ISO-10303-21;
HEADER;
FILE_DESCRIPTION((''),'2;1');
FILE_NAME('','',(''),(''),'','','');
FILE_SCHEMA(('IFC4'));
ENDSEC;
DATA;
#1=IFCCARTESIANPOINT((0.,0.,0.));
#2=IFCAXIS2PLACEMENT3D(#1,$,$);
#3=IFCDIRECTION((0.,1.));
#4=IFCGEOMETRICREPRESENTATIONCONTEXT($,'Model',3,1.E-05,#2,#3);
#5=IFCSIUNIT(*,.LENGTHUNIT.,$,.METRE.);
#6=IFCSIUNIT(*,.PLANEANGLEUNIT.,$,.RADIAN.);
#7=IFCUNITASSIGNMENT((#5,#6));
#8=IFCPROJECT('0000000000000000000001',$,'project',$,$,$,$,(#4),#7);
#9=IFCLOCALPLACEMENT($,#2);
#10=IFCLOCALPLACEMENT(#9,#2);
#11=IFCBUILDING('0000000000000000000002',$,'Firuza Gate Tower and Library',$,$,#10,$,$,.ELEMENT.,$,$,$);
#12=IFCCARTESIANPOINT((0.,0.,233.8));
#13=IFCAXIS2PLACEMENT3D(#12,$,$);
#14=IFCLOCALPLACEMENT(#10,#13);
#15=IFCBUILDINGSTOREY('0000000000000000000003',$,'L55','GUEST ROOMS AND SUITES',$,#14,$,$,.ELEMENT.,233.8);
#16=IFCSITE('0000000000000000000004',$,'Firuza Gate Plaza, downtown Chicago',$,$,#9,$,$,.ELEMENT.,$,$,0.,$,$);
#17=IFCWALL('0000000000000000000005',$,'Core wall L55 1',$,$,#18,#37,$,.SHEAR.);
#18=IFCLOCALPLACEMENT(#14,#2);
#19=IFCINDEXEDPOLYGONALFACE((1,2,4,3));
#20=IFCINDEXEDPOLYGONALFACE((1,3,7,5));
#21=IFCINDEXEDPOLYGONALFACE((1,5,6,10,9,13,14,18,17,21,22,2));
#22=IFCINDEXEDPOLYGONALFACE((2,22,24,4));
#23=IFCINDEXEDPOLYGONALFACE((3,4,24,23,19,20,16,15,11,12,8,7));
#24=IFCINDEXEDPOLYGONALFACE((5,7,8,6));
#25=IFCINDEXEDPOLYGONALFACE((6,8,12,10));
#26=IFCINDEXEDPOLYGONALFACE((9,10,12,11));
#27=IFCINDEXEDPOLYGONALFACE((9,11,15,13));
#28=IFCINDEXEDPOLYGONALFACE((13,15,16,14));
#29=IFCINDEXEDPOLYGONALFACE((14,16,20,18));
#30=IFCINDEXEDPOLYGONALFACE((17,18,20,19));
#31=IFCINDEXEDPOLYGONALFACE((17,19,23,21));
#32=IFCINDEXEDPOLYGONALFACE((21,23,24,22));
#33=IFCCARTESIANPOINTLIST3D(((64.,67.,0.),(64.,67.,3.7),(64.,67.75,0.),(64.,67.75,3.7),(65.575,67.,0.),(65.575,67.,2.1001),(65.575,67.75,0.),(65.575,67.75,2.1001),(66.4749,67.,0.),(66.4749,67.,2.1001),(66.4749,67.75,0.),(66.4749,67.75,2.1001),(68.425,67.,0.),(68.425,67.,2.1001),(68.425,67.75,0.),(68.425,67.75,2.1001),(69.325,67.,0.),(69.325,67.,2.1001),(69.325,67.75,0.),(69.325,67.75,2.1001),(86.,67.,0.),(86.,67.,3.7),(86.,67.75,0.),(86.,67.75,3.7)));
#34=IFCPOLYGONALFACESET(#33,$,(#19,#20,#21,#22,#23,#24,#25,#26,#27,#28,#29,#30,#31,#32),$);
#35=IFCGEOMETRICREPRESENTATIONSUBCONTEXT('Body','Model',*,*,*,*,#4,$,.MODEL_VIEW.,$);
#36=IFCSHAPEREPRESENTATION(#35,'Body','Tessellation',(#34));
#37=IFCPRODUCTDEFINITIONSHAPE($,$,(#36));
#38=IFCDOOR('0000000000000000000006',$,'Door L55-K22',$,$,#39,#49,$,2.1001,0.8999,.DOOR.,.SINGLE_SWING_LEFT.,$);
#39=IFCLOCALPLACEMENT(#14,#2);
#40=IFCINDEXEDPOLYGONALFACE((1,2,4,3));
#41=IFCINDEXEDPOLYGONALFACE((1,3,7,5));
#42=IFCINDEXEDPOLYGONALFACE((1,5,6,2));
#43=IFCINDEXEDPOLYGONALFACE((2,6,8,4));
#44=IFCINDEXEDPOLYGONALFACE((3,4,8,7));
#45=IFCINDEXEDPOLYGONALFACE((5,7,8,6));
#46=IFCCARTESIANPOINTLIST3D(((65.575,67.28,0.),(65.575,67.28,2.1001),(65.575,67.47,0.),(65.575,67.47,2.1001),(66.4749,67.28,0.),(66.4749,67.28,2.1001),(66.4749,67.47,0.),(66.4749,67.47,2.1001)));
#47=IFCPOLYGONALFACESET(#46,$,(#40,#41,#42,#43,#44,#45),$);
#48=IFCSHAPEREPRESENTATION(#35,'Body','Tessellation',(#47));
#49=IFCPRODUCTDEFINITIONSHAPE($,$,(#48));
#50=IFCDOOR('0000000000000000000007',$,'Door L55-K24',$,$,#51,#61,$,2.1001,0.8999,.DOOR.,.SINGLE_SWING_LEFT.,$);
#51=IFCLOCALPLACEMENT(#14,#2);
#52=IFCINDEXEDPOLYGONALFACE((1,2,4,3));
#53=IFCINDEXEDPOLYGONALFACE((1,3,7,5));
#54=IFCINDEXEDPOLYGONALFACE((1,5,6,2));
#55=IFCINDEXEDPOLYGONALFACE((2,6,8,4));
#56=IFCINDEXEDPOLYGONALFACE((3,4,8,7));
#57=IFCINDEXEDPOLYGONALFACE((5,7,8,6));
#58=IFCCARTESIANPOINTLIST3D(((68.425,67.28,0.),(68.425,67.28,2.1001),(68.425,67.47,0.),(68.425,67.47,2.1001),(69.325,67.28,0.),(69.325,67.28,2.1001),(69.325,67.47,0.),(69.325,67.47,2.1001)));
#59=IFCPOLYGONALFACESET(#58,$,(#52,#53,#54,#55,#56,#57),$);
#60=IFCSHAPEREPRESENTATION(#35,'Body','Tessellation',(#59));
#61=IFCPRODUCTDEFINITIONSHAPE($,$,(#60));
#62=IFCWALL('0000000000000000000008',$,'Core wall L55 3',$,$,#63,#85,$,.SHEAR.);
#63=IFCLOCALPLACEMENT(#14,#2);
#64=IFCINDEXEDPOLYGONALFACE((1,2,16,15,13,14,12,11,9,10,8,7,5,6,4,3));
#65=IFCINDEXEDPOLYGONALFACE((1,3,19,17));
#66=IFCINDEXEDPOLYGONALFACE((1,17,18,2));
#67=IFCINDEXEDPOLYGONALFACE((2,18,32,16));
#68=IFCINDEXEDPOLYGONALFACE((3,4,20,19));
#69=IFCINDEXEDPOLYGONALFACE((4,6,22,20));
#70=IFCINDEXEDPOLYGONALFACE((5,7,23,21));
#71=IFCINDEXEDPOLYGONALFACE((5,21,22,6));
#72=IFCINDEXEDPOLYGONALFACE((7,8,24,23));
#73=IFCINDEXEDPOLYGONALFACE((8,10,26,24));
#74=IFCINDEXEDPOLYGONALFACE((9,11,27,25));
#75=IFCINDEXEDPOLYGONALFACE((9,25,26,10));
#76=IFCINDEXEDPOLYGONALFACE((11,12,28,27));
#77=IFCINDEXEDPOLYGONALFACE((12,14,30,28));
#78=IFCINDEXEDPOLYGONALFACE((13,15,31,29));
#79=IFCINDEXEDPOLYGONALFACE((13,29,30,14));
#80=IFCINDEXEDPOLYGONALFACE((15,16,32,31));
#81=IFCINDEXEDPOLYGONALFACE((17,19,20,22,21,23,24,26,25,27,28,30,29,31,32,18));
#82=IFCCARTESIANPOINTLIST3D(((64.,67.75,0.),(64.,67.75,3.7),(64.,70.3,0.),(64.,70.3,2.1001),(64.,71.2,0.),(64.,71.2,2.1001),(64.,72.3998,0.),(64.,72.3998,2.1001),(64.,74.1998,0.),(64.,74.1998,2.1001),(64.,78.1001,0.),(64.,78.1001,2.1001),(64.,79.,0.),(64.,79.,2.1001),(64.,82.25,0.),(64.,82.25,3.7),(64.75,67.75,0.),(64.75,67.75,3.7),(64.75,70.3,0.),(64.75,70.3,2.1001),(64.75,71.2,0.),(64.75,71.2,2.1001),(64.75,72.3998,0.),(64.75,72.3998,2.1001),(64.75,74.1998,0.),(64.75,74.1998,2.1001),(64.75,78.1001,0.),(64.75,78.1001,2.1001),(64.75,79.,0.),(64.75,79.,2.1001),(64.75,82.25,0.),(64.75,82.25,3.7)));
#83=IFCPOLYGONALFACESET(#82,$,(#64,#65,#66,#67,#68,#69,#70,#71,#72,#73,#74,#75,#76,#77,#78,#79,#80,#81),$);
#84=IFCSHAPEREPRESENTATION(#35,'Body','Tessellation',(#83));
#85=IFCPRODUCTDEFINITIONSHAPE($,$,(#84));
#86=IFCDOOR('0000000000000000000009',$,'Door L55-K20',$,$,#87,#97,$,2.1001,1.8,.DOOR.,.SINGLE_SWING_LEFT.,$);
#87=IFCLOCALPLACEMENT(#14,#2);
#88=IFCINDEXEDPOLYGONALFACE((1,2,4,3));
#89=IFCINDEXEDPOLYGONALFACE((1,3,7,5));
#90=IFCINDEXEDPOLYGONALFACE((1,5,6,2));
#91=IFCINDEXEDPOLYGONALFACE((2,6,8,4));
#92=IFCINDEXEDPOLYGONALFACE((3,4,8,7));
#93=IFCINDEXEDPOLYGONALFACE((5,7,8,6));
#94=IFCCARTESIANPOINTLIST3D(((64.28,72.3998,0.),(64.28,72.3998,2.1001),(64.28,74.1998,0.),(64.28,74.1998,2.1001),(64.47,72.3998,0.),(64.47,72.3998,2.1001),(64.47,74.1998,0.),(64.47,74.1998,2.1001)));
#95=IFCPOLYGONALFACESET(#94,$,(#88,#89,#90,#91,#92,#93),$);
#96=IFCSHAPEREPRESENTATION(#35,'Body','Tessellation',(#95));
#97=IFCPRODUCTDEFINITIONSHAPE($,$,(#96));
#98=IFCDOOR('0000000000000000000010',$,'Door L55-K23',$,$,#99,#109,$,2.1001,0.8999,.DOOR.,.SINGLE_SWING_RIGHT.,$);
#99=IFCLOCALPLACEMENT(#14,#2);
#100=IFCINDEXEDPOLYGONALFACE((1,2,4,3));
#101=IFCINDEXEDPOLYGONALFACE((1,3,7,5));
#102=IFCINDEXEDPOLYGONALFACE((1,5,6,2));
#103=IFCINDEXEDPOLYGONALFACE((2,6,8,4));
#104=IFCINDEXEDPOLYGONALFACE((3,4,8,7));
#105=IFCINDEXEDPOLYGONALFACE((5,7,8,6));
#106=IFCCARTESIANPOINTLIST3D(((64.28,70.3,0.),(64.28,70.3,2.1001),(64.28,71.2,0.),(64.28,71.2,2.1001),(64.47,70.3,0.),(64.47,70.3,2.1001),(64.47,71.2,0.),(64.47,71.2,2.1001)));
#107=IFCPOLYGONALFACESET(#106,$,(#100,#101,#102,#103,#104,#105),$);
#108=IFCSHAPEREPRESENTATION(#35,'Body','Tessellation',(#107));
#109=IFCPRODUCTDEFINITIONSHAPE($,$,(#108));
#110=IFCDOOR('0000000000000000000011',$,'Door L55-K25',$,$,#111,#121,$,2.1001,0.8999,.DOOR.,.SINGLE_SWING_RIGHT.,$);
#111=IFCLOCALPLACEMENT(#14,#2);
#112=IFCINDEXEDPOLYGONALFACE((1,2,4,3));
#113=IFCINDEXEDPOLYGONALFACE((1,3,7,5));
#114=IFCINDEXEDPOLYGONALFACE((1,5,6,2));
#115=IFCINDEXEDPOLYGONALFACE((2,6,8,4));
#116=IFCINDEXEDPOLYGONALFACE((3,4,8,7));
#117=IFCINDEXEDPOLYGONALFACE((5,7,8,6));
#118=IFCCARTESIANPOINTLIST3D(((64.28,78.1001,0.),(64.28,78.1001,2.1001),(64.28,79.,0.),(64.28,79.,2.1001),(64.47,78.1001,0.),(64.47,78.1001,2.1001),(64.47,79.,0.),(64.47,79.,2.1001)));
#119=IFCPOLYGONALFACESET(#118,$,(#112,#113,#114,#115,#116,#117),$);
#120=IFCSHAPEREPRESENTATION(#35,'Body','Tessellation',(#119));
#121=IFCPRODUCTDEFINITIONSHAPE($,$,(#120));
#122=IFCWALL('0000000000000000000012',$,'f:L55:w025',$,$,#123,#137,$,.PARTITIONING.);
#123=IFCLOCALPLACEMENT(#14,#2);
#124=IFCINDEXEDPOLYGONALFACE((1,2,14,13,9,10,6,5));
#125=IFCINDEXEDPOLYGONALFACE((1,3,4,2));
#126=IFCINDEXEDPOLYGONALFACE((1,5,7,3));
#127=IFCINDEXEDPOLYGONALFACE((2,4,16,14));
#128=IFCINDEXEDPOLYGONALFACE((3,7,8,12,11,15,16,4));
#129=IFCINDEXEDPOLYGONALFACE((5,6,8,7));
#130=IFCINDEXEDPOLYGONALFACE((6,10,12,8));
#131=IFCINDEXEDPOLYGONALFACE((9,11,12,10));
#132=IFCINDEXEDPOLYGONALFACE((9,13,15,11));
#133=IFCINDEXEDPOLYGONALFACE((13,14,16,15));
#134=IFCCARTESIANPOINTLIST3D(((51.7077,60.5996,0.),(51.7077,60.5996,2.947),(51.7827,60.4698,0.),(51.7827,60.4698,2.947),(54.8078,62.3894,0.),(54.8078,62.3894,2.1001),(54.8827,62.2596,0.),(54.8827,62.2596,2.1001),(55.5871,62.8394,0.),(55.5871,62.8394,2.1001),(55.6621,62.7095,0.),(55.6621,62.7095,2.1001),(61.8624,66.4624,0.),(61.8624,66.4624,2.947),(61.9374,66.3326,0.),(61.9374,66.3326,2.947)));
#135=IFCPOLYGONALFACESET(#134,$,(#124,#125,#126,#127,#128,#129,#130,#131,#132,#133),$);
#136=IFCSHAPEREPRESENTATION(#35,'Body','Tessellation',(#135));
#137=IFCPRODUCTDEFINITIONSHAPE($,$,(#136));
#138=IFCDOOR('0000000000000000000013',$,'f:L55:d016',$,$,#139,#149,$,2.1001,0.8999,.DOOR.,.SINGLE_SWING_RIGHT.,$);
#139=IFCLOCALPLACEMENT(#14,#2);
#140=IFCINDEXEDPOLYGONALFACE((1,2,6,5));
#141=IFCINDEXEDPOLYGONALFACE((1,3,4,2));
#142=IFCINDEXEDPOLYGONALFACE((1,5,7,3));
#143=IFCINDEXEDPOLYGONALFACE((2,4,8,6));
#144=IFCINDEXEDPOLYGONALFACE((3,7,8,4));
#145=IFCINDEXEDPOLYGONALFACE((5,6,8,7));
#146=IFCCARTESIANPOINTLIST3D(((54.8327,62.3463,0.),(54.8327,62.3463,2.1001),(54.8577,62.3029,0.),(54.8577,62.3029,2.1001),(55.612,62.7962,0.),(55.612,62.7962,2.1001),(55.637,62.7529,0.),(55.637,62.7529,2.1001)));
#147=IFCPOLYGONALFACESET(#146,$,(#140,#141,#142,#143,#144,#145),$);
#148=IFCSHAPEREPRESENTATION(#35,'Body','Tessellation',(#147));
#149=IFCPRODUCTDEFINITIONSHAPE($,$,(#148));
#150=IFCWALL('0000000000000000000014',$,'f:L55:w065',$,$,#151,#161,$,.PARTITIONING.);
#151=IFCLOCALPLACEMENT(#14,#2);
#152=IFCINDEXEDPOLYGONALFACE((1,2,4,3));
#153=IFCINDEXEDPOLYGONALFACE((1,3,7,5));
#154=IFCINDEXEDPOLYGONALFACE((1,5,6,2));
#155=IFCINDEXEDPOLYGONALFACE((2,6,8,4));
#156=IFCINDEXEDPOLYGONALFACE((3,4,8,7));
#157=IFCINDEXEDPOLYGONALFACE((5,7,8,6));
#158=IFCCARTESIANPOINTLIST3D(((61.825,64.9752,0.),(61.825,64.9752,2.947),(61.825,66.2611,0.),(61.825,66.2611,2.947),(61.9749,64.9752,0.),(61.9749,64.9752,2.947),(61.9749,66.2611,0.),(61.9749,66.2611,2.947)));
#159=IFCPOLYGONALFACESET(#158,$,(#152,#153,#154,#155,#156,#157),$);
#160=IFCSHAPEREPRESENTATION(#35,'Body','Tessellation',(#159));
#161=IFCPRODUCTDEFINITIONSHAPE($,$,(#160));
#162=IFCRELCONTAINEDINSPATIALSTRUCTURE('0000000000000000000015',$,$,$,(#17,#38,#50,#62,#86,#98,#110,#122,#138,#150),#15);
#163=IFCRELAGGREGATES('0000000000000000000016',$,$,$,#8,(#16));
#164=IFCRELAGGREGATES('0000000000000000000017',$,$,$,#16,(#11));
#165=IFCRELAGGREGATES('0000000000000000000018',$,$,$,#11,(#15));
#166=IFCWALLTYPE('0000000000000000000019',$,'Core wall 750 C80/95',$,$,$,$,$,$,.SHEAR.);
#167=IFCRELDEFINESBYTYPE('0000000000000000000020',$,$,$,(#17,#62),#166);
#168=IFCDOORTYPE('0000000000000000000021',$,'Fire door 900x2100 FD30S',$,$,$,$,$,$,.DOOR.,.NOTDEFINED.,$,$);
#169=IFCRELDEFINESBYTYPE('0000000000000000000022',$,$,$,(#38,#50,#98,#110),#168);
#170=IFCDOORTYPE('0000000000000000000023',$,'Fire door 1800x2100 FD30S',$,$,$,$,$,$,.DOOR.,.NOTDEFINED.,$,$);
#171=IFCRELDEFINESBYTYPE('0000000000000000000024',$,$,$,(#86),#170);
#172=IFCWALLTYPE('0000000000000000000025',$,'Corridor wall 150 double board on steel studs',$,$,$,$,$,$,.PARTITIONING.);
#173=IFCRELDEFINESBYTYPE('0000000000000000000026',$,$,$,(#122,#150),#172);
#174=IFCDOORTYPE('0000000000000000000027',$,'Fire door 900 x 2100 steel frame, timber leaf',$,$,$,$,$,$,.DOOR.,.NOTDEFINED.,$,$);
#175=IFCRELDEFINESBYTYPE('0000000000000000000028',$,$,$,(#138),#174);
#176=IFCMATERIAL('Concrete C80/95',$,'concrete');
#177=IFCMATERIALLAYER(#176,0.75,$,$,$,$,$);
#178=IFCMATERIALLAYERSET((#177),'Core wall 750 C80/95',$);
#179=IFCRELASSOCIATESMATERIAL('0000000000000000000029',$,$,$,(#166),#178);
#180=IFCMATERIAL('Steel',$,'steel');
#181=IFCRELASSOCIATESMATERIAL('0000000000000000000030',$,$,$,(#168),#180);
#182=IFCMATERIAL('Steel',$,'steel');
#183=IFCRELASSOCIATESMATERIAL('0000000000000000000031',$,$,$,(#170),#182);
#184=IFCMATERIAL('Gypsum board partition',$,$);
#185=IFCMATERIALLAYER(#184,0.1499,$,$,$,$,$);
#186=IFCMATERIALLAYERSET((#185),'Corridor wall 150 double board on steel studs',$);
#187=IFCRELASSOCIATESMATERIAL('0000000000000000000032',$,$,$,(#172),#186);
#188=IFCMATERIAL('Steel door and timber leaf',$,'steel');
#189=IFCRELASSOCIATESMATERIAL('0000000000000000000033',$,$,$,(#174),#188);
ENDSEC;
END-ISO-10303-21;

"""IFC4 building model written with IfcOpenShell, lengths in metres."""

from ifc_helpers import new_model, si_unit, direction, frame, frame_2d, origin, place, context, subcontext, project, spatial, rectangle, extrude, material, layer, layer_set, type_object, element, fill, save


model = new_model("IFC4")

# Units and contexts
model_context = context("Model", 3, precision=1e-05, world=origin(), true_north=direction((0.0, 1.0)))
body_context = subcontext(model_context, "Body", "Model", "MODEL_VIEW")
ifc_project = project(units=[si_unit("LENGTHUNIT", "METRE"), si_unit("PLANEANGLEUNIT", "RADIAN")], contexts=[model_context])

# Site, building, storey
site_placement = place(None, origin())
site = spatial("IfcSite", under=ifc_project, at=site_placement, Name="Firuza Gate Plaza, downtown Chicago", CompositionType="ELEMENT", RefElevation=0.0)
building_placement = place(site_placement, origin())
building = spatial("IfcBuilding", under=site, at=building_placement, Name="Firuza Gate Tower and Library", CompositionType="ELEMENT")
storey_placement = place(building_placement, frame((0.0, 0.0, 233.8)))
storey = spatial("IfcBuildingStorey", under=building, at=storey_placement, Name="L55", Description="GUEST ROOMS AND SUITES", CompositionType="ELEMENT", Elevation=233.8)

# Walls, openings, doors
ifc_material_1 = material(Name="Concrete C80/95", Category="concrete")
ifc_layer_1 = layer(ifc_material_1, 0.75)
ifc_layer_set_1 = layer_set([ifc_layer_1], Name="Core wall 750 C80/95")
wall_type_1 = type_object("IfcWallType", Name="Core wall 750 C80/95", PredefinedType="SHEAR", material=ifc_layer_set_1)
wall_1_placement = place(storey_placement, frame((64.0, 67.375, 0.0), z_axis=(0.0, 0.0, 1.0), x_axis=(1.0, 0.0, 0.0)))
wall_1 = element("IfcWall", 1, at=wall_1_placement, inside=storey, type_object=wall_type_1, Name="Core wall L55 1", PredefinedType="SHEAR", context=body_context, shape_type="SweptSolid", body=[
    extrude(rectangle(XDim=22.0, YDim=0.75, at=frame_2d((11.0, 0.0))), origin(), (0.0, 0.0, 1.0), 3.7),
])
opening_1_placement = place(wall_1_placement, frame((1.575, 0.0, 0.0)))
opening_1 = element("IfcOpeningElement", 2, at=opening_1_placement, cuts=wall_1, PredefinedType="OPENING", context=body_context, shape_type="SweptSolid", body=[
    extrude(rectangle(XDim=0.8999, YDim=2.1001, at=frame_2d((0.45, 1.05))), frame((0.0, 0.385, 0.0), z_axis=(0.0, -1.0, 0.0), x_axis=(1.0, 0.0, 0.0)), (0.0, 0.0, 1.0), 0.77),
])
opening_2_placement = place(wall_1_placement, frame((4.425, 0.0, 0.0)))
opening_2 = element("IfcOpeningElement", 3, at=opening_2_placement, cuts=wall_1, PredefinedType="OPENING", context=body_context, shape_type="SweptSolid", body=[
    extrude(rectangle(XDim=0.8999, YDim=2.1001, at=frame_2d((0.45, 1.05))), frame((0.0, 0.385, 0.0), z_axis=(0.0, -1.0, 0.0), x_axis=(1.0, 0.0, 0.0)), (0.0, 0.0, 1.0), 0.77),
])
ifc_material_2 = material(Name="Steel", Category="steel")
door_type_1 = type_object("IfcDoorType", Name="Fire door 900x2100 FD30S", OperationType="NOTDEFINED", PredefinedType="DOOR", material=ifc_material_2)
door_1_placement = place(opening_1_placement, origin())
door_1 = element("IfcDoor", 4, at=door_1_placement, inside=storey, type_object=door_type_1, Name="Door L55-K22", OperationType="SINGLE_SWING_LEFT", OverallHeight=2.1001, OverallWidth=0.8999, PredefinedType="DOOR", context=body_context, shape_type="SweptSolid", body=[
    extrude(rectangle(XDim=0.8999, YDim=2.1001, at=frame_2d((0.45, 1.05))), frame((0.0, 0.095, 0.0), z_axis=(0.0, -1.0, 0.0), x_axis=(1.0, 0.0, 0.0)), (0.0, 0.0, 1.0), 0.1899),
])
fill(opening_1, door_1)
door_2_placement = place(opening_2_placement, origin())
door_2 = element("IfcDoor", 5, at=door_2_placement, inside=storey, type_object=door_type_1, Name="Door L55-K24", OperationType="SINGLE_SWING_LEFT", OverallHeight=2.1001, OverallWidth=0.8999, PredefinedType="DOOR", context=body_context, shape_type="SweptSolid", body=[
    extrude(rectangle(XDim=0.8999, YDim=2.1001, at=frame_2d((0.45, 1.05))), frame((0.0, 0.095, 0.0), z_axis=(0.0, -1.0, 0.0), x_axis=(1.0, 0.0, 0.0)), (0.0, 0.0, 1.0), 0.1899),
])
fill(opening_2, door_2)
wall_2_placement = place(storey_placement, frame((64.375, 67.75, 0.0), z_axis=(0.0, 0.0, 1.0), x_axis=(0.0, 1.0, 0.0)))
wall_2 = element("IfcWall", 6, at=wall_2_placement, inside=storey, type_object=wall_type_1, Name="Core wall L55 3", PredefinedType="SHEAR", context=body_context, shape_type="SweptSolid", body=[
    extrude(rectangle(XDim=14.5, YDim=0.75, at=frame_2d((7.25, 0.0))), origin(), (0.0, 0.0, 1.0), 3.7),
])
opening_3_placement = place(wall_2_placement, frame((4.6499, 0.0, 0.0)))
opening_3 = element("IfcOpeningElement", 7, at=opening_3_placement, cuts=wall_2, PredefinedType="OPENING", context=body_context, shape_type="SweptSolid", body=[
    extrude(rectangle(XDim=1.8, YDim=2.1001, at=frame_2d((0.8999, 1.05))), frame((0.0, 0.385, 0.0), z_axis=(0.0, -1.0, 0.0), x_axis=(1.0, 0.0, 0.0)), (0.0, 0.0, 1.0), 0.77),
])
opening_4_placement = place(wall_2_placement, frame((2.55, 0.0, 0.0)))
opening_4 = element("IfcOpeningElement", 8, at=opening_4_placement, cuts=wall_2, PredefinedType="OPENING", context=body_context, shape_type="SweptSolid", body=[
    extrude(rectangle(XDim=0.8999, YDim=2.1001, at=frame_2d((0.45, 1.05))), frame((0.0, 0.385, 0.0), z_axis=(0.0, -1.0, 0.0), x_axis=(1.0, 0.0, 0.0)), (0.0, 0.0, 1.0), 0.77),
])
opening_5_placement = place(wall_2_placement, frame((10.3501, 0.0, 0.0)))
opening_5 = element("IfcOpeningElement", 9, at=opening_5_placement, cuts=wall_2, PredefinedType="OPENING", context=body_context, shape_type="SweptSolid", body=[
    extrude(rectangle(XDim=0.8999, YDim=2.1001, at=frame_2d((0.45, 1.05))), frame((0.0, 0.385, 0.0), z_axis=(0.0, -1.0, 0.0), x_axis=(1.0, 0.0, 0.0)), (0.0, 0.0, 1.0), 0.77),
])
ifc_material_3 = material(Name="Steel", Category="steel")
door_type_2 = type_object("IfcDoorType", Name="Fire door 1800x2100 FD30S", OperationType="NOTDEFINED", PredefinedType="DOOR", material=ifc_material_3)
door_3_placement = place(opening_3_placement, origin())
door_3 = element("IfcDoor", 10, at=door_3_placement, inside=storey, type_object=door_type_2, Name="Door L55-K20", OperationType="SINGLE_SWING_LEFT", OverallHeight=2.1001, OverallWidth=1.8, PredefinedType="DOOR", context=body_context, shape_type="SweptSolid", body=[
    extrude(rectangle(XDim=1.8, YDim=2.1001, at=frame_2d((0.8999, 1.05))), frame((0.0, 0.095, 0.0), z_axis=(0.0, -1.0, 0.0), x_axis=(1.0, 0.0, 0.0)), (0.0, 0.0, 1.0), 0.1899),
])
fill(opening_3, door_3)
door_4_placement = place(opening_4_placement, origin())
door_4 = element("IfcDoor", 11, at=door_4_placement, inside=storey, type_object=door_type_1, Name="Door L55-K23", OperationType="SINGLE_SWING_RIGHT", OverallHeight=2.1001, OverallWidth=0.8999, PredefinedType="DOOR", context=body_context, shape_type="SweptSolid", body=[
    extrude(rectangle(XDim=0.8999, YDim=2.1001, at=frame_2d((0.45, 1.05))), frame((0.0, 0.095, 0.0), z_axis=(0.0, -1.0, 0.0), x_axis=(1.0, 0.0, 0.0)), (0.0, 0.0, 1.0), 0.1899),
])
fill(opening_4, door_4)
door_5_placement = place(opening_5_placement, origin())
door_5 = element("IfcDoor", 12, at=door_5_placement, inside=storey, type_object=door_type_1, Name="Door L55-K25", OperationType="SINGLE_SWING_RIGHT", OverallHeight=2.1001, OverallWidth=0.8999, PredefinedType="DOOR", context=body_context, shape_type="SweptSolid", body=[
    extrude(rectangle(XDim=0.8999, YDim=2.1001, at=frame_2d((0.45, 1.05))), frame((0.0, 0.095, 0.0), z_axis=(0.0, -1.0, 0.0), x_axis=(1.0, 0.0, 0.0)), (0.0, 0.0, 1.0), 0.1899),
])
fill(opening_5, door_5)

# Wall, opening, door
ifc_material_4 = material(Name="Gypsum board partition")
ifc_layer_2 = layer(ifc_material_4, 0.1499)
ifc_layer_set_2 = layer_set([ifc_layer_2], Name="Corridor wall 150 double board on steel studs")
wall_type_2 = type_object("IfcWallType", Name="Corridor wall 150 double board on steel studs", PredefinedType="PARTITIONING", material=ifc_layer_set_2)
wall_3_placement = place(storey_placement, frame((61.8999, 66.3975, 0.0), z_axis=(0.0, 0.0, 1.0), x_axis=(-0.866028, -0.499995, 0.0)))
wall_3 = element("IfcWall", 13, at=wall_3_placement, inside=storey, type_object=wall_type_2, Name="f:L55:w025", PredefinedType="PARTITIONING", context=body_context, shape_type="SweptSolid", body=[
    extrude(rectangle(XDim=11.7256, YDim=0.1499, at=frame_2d((5.8628, 0.0))), origin(), (0.0, 0.0, 1.0), 2.947),
])
opening_6_placement = place(wall_3_placement, frame((7.2461, 0.0, 0.0)))
opening_6 = element("IfcOpeningElement", 14, at=opening_6_placement, cuts=wall_3, PredefinedType="OPENING", context=body_context, shape_type="SweptSolid", body=[
    extrude(rectangle(XDim=0.8999, YDim=2.1001, at=frame_2d((0.45, 1.05))), frame((0.0, 0.085, 0.0), z_axis=(0.0, -1.0, 0.0), x_axis=(1.0, 0.0, 0.0)), (0.0, 0.0, 1.0), 0.1699),
])
ifc_material_5 = material(Name="Steel door and timber leaf", Category="steel")
door_type_3 = type_object("IfcDoorType", Name="Fire door 900 x 2100 steel frame, timber leaf", OperationType="NOTDEFINED", PredefinedType="DOOR", material=ifc_material_5)
door_6_placement = place(opening_6_placement, origin())
door_6 = element("IfcDoor", 15, at=door_6_placement, inside=storey, type_object=door_type_3, Name="f:L55:d016", OperationType="SINGLE_SWING_RIGHT", OverallHeight=2.1001, OverallWidth=0.8999, PredefinedType="DOOR", context=body_context, shape_type="SweptSolid", body=[
    extrude(rectangle(XDim=0.8999, YDim=2.1001, at=frame_2d((0.45, 1.05))), frame((0.0, 0.0249, 0.0), z_axis=(0.0, -1.0, 0.0), x_axis=(1.0, 0.0, 0.0)), (0.0, 0.0, 1.0), 0.05),
])
fill(opening_6, door_6)

# Wall
wall_4_placement = place(storey_placement, frame((61.8999, 64.9751, 0.0), z_axis=(0.0, 0.0, 1.0), x_axis=(0.0, 1.0, 0.0)))
element("IfcWall", 16, at=wall_4_placement, inside=storey, type_object=wall_type_2, Name="f:L55:w065", PredefinedType="PARTITIONING", context=body_context, shape_type="SweptSolid", body=[
    extrude(rectangle(XDim=1.2859, YDim=0.1499, at=frame_2d((0.6431, 0.0))), origin(), (0.0, 0.0, 1.0), 2.947),
])

save(model, "model.ifc")
